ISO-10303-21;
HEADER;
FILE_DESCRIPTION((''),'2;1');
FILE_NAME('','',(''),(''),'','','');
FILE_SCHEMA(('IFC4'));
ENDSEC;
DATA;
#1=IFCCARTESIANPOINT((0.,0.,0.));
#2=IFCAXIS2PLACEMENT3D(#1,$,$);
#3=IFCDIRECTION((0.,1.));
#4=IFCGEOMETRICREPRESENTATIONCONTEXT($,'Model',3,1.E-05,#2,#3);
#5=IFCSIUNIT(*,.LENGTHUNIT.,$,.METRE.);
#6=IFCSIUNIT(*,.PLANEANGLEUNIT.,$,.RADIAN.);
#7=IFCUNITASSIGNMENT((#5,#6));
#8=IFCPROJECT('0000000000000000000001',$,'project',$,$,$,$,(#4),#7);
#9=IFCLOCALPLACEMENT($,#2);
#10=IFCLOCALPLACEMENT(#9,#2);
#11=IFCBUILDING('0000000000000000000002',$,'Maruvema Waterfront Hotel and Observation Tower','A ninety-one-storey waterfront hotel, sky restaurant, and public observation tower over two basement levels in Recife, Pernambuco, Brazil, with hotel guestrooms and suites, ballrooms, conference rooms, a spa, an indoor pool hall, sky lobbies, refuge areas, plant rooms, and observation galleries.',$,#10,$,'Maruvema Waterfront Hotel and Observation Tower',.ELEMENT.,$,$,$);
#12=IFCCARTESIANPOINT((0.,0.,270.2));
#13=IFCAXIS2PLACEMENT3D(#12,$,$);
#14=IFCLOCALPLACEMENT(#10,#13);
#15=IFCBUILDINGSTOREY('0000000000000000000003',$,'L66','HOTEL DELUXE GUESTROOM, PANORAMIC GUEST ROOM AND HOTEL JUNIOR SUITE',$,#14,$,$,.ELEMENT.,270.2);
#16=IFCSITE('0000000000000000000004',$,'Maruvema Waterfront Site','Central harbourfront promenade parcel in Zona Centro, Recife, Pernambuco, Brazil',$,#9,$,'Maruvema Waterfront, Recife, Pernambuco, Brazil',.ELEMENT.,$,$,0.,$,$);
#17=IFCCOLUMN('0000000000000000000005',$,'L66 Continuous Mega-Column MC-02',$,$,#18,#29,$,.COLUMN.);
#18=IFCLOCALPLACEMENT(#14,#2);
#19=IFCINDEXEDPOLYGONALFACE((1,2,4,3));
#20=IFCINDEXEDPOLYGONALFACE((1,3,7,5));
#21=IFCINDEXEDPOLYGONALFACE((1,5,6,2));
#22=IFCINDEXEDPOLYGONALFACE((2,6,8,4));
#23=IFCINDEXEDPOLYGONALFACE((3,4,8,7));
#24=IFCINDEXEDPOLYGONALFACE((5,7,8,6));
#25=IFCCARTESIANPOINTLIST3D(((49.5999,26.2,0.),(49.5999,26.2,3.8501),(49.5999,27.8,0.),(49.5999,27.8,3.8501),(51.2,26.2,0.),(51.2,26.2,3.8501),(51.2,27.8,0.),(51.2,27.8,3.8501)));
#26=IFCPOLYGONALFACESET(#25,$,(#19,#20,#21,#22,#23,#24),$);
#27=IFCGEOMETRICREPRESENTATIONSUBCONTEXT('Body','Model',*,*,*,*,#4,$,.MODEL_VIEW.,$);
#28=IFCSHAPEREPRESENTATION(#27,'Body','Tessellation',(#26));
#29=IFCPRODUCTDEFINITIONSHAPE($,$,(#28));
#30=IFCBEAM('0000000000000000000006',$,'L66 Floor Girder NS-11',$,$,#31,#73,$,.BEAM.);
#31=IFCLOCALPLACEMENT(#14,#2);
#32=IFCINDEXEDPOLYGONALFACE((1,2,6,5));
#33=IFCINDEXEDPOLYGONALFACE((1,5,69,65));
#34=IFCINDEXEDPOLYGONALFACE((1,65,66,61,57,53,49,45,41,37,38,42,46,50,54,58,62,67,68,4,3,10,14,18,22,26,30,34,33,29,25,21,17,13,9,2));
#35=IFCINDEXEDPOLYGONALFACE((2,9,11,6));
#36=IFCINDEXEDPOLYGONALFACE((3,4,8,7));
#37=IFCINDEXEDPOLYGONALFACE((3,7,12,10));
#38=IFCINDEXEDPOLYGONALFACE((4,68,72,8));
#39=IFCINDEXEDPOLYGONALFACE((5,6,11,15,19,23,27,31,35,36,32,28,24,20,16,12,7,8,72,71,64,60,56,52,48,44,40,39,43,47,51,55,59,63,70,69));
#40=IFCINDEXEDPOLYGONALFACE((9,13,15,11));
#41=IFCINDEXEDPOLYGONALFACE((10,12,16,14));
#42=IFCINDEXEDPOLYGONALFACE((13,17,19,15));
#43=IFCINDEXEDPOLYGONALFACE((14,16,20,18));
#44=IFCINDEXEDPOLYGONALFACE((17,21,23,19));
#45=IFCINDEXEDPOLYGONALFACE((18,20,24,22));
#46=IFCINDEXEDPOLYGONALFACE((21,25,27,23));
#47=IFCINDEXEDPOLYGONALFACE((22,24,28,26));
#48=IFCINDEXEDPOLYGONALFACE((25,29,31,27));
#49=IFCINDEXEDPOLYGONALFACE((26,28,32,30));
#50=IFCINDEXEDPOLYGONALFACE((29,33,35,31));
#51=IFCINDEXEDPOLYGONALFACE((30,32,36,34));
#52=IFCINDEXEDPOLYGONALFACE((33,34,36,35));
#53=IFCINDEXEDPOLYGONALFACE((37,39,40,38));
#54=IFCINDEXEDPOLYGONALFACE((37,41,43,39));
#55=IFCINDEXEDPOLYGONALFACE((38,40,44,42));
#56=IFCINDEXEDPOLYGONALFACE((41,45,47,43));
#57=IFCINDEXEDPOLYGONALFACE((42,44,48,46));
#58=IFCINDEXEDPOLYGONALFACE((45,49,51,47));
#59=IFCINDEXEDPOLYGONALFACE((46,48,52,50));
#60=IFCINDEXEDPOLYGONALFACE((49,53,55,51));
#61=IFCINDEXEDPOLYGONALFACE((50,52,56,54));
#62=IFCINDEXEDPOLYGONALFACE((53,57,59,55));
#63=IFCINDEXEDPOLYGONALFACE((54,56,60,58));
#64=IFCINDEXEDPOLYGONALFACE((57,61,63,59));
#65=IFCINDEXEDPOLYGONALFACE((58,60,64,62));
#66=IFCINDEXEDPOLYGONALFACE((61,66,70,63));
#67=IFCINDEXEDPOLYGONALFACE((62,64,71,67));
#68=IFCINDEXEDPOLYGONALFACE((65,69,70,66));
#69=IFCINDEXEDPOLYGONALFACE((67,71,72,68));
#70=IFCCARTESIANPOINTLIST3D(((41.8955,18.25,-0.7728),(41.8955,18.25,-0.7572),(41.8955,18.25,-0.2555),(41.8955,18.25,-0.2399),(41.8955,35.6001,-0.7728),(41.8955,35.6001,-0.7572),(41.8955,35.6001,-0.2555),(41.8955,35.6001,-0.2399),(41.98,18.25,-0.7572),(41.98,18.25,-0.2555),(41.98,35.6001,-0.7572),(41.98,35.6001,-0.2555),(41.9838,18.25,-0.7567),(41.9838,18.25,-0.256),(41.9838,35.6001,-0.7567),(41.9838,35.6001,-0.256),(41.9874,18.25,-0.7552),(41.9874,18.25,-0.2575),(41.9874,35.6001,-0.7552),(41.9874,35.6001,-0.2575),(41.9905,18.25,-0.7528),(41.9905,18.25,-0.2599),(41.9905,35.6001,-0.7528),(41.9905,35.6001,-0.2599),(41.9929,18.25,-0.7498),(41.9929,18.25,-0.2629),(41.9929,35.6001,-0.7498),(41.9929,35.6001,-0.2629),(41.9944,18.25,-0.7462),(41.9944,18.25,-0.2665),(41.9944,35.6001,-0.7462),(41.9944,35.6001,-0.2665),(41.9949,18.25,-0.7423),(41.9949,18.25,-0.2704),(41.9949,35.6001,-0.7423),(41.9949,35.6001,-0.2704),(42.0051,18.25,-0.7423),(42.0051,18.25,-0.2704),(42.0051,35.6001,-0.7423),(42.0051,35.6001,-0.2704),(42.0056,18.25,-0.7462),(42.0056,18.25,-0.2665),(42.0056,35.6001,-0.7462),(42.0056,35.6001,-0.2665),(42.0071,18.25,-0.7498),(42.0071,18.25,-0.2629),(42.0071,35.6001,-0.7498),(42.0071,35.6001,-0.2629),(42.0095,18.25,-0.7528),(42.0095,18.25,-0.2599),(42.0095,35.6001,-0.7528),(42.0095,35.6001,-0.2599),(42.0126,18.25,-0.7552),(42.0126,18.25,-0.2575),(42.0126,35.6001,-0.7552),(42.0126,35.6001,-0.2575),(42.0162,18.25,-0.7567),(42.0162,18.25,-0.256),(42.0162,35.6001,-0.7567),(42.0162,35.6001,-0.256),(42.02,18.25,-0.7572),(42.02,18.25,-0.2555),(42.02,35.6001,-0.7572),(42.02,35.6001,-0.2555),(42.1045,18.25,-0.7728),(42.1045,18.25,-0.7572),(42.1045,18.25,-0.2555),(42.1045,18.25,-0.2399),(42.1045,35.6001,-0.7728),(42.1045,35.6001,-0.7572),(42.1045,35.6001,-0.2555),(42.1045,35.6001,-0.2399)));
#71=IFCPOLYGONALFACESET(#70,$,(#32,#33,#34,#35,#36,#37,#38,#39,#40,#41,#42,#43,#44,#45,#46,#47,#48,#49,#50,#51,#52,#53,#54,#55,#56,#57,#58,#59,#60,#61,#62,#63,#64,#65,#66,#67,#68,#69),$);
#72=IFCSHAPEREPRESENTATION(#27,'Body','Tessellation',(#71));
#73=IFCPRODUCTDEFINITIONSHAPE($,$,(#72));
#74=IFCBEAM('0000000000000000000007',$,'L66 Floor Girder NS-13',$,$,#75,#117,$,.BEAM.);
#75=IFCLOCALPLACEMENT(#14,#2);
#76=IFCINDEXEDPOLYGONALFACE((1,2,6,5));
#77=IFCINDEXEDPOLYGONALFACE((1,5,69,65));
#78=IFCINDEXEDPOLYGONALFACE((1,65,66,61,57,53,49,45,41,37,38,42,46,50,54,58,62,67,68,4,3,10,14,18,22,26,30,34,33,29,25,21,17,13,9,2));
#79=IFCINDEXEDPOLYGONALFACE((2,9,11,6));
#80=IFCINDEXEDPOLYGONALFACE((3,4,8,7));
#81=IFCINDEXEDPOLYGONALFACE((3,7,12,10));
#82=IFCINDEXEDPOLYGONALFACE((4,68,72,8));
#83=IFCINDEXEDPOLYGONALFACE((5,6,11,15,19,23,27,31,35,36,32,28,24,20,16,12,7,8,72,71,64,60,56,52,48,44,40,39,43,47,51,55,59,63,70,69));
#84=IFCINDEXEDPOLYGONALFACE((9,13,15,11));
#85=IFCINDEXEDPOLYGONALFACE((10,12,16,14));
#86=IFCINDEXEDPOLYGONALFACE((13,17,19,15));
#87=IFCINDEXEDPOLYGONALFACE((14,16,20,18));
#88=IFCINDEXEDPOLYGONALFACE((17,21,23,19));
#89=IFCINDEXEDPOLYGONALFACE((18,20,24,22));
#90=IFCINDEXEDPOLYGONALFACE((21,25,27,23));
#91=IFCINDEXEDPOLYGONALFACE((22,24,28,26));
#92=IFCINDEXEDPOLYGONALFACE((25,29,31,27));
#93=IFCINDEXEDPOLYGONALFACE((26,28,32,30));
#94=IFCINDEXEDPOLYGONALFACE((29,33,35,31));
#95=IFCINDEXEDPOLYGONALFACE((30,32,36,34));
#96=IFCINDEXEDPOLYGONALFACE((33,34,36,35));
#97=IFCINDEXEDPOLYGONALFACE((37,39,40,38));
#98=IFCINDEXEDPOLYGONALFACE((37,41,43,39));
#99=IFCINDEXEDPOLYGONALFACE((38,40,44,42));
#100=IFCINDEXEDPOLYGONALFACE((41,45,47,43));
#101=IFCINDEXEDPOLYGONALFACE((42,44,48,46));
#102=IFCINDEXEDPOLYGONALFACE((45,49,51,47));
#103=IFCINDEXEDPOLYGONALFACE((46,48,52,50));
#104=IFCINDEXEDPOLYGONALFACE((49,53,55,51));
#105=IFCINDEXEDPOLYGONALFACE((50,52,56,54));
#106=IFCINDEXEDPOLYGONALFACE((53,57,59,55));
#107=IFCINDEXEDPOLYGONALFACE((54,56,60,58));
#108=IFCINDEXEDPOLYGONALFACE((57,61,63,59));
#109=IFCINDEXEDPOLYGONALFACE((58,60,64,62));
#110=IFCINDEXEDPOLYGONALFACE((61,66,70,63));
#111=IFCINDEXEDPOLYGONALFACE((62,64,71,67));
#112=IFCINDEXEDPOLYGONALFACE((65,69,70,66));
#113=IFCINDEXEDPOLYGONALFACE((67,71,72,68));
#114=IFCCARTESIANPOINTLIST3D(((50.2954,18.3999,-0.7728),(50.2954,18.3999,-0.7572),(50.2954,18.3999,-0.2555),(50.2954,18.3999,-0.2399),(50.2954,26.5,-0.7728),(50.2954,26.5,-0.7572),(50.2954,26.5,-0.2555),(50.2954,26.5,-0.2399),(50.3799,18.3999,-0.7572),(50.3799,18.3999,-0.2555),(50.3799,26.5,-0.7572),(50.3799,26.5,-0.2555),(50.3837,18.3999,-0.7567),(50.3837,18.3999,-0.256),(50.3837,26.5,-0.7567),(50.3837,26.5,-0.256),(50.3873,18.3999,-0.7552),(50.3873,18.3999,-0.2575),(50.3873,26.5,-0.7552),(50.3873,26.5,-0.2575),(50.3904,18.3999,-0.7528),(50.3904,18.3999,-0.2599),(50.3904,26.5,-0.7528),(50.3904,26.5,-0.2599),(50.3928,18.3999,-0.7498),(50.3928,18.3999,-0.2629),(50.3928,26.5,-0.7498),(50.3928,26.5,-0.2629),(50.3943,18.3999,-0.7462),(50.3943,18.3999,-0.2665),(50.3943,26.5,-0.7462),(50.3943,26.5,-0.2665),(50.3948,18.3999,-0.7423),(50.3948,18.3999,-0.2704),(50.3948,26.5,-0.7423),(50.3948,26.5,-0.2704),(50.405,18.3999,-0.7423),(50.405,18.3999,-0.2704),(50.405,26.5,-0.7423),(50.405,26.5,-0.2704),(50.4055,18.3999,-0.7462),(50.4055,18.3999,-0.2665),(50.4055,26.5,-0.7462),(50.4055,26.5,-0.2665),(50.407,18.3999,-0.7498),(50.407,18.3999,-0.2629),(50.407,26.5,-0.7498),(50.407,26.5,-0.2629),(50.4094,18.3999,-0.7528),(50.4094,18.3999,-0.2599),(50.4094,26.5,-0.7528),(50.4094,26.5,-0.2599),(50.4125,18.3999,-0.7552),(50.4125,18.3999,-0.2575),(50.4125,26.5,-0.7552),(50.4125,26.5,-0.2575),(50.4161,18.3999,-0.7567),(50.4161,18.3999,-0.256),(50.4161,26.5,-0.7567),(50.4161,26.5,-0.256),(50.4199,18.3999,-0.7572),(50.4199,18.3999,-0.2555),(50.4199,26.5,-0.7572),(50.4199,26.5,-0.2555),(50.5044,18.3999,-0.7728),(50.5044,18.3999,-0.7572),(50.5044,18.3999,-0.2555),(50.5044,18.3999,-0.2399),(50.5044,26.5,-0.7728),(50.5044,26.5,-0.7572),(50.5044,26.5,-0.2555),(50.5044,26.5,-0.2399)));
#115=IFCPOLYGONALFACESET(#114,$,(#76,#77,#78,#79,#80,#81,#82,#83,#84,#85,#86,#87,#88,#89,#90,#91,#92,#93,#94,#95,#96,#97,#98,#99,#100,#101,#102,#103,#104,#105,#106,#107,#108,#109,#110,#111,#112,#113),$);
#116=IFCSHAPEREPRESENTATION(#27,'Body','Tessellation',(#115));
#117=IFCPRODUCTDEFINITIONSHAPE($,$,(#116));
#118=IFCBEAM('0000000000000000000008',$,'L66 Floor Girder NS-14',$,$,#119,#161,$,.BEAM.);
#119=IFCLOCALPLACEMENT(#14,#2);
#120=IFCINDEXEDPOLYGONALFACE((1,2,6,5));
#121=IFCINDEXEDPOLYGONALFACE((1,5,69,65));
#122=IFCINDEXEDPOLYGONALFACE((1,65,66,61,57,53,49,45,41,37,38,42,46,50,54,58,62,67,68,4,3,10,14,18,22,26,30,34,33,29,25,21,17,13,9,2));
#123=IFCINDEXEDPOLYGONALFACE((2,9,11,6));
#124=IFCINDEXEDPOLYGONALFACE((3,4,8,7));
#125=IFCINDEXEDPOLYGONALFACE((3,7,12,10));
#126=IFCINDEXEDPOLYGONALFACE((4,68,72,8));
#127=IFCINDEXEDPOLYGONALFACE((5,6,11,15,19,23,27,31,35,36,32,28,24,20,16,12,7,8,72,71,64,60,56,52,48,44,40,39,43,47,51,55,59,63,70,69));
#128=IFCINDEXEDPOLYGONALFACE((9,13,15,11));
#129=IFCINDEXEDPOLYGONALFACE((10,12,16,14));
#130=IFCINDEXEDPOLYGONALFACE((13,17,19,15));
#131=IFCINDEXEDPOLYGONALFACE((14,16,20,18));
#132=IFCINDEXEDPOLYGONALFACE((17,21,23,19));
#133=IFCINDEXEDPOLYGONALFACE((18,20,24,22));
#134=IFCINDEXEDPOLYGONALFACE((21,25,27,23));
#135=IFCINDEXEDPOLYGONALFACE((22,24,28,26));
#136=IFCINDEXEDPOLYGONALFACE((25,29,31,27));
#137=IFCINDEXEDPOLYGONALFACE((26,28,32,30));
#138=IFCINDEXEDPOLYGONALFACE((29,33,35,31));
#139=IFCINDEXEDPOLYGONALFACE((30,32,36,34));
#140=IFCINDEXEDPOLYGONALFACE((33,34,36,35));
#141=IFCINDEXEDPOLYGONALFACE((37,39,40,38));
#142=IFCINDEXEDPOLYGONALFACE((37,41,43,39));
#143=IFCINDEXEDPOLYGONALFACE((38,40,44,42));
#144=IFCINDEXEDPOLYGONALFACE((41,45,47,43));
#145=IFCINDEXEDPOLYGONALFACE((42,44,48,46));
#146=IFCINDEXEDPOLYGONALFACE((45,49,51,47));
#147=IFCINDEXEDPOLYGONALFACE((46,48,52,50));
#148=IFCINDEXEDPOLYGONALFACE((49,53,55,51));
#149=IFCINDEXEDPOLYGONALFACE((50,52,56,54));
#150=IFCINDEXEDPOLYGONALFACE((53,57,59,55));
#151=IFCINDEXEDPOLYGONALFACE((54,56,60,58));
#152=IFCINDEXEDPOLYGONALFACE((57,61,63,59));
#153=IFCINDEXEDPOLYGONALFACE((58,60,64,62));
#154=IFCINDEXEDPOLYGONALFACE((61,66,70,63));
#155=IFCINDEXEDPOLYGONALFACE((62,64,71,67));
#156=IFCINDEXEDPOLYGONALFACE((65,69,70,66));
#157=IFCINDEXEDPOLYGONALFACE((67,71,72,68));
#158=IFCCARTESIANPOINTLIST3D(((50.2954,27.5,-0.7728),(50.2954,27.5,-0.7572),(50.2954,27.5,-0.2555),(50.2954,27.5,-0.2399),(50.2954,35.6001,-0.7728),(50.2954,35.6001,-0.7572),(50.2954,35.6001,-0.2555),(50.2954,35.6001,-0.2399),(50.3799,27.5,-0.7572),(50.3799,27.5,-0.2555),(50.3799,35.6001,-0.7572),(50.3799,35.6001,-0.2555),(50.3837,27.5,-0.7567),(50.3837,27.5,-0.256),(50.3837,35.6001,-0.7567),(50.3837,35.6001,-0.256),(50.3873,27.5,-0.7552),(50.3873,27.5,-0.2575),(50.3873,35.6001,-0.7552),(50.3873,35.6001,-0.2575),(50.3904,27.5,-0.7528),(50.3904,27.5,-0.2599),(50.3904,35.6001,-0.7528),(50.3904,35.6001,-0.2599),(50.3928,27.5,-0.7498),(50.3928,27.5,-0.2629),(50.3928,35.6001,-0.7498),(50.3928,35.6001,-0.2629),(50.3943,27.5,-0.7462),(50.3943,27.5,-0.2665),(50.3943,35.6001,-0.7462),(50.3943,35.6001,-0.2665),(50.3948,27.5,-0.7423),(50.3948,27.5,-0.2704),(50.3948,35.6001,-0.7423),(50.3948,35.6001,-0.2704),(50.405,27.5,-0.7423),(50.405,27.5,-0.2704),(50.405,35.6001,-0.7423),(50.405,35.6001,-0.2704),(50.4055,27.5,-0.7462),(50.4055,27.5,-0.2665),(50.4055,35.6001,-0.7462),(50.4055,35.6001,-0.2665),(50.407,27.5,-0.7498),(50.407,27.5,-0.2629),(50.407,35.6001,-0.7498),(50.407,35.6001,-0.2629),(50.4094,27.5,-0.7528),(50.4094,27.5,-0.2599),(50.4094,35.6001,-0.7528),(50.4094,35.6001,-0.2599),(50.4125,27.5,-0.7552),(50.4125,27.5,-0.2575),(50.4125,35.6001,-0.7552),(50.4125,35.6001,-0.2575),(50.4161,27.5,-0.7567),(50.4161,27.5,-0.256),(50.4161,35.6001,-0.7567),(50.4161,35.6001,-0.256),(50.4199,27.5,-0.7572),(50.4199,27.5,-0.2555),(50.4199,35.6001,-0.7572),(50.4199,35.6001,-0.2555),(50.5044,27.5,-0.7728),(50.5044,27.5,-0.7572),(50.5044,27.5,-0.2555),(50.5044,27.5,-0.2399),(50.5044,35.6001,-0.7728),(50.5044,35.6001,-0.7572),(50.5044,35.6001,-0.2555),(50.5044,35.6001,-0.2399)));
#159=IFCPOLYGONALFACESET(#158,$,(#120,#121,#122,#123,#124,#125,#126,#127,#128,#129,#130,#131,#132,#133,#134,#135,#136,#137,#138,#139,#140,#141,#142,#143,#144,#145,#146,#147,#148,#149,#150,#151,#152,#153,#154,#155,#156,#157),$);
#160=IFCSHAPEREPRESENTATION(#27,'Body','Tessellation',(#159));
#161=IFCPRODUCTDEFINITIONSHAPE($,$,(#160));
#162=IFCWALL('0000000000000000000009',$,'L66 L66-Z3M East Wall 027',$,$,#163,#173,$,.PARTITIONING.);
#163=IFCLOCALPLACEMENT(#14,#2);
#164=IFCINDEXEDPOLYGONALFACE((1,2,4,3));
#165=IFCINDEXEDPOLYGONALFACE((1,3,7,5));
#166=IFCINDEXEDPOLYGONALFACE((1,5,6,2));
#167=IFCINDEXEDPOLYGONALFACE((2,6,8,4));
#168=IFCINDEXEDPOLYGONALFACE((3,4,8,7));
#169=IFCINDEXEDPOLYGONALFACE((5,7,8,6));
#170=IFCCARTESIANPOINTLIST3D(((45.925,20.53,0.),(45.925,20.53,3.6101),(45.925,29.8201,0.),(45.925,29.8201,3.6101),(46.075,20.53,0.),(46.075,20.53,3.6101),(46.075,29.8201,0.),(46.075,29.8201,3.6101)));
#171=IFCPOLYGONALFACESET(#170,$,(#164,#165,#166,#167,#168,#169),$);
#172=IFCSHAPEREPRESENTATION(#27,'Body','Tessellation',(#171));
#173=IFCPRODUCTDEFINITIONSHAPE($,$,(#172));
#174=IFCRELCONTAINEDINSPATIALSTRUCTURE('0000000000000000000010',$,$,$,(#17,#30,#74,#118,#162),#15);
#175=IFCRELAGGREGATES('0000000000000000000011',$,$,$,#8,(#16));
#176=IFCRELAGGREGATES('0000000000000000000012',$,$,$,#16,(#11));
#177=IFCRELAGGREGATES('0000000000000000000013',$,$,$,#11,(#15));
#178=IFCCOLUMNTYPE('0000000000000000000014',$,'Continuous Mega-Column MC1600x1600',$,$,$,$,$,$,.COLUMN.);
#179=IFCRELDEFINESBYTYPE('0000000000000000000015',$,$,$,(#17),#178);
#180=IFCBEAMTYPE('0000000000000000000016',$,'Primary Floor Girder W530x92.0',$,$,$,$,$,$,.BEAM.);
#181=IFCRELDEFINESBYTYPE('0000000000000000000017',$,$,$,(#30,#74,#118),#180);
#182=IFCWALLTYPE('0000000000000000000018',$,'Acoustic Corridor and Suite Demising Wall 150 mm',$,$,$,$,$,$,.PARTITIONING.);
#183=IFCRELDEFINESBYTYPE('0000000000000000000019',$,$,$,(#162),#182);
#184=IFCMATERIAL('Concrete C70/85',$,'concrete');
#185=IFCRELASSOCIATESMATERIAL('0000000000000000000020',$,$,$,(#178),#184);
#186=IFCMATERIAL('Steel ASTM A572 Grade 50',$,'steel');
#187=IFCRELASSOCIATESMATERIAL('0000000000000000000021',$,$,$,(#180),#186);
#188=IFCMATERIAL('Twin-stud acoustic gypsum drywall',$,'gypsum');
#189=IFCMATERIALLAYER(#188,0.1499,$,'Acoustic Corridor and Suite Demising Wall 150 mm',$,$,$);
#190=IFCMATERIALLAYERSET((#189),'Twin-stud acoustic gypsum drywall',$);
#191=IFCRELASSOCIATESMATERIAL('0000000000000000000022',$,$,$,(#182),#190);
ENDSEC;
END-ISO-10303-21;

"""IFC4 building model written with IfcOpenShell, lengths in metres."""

from ifc_helpers import new_model, si_unit, direction, frame, frame_2d, origin, origin_2d, place, context, subcontext, project, spatial, rectangle, i_section, extrude, material, layer, layer_set, material_profile, profile_set, type_object, element, save


model = new_model("IFC4")

# Units and contexts
model_context = context("Model", 3, precision=1e-05, world=origin(), true_north=direction((0.0, 1.0)))
body_context = subcontext(model_context, "Body", "Model", "MODEL_VIEW")
ifc_project = project(units=[si_unit("LENGTHUNIT", "METRE"), si_unit("PLANEANGLEUNIT", "RADIAN")], contexts=[model_context])

# Site, building, storey
site_placement = place(None, origin())
site = spatial("IfcSite", under=ifc_project, at=site_placement, Name="Maruvema Waterfront Site", Description="Central harbourfront promenade parcel in Zona Centro, Recife, Pernambuco, Brazil", LongName="Maruvema Waterfront, Recife, Pernambuco, Brazil", CompositionType="ELEMENT", RefElevation=0.0)
building_placement = place(site_placement, origin())
building = spatial("IfcBuilding", under=site, at=building_placement, Name="Maruvema Waterfront Hotel and Observation Tower", Description="A ninety-one-storey waterfront hotel, sky restaurant, and public observation tower over two basement levels in Recife, Pernambuco, Brazil, with hotel guestrooms and suites, ballrooms, conference rooms, a spa, an indoor pool hall, sky lobbies, refuge areas, plant rooms, and observation galleries.", LongName="Maruvema Waterfront Hotel and Observation Tower", CompositionType="ELEMENT")
storey_placement = place(building_placement, frame((0.0, 0.0, 270.2)))
storey = spatial("IfcBuildingStorey", under=building, at=storey_placement, Name="L66", Description="HOTEL DELUXE GUESTROOM, PANORAMIC GUEST ROOM AND HOTEL JUNIOR SUITE", CompositionType="ELEMENT", Elevation=270.2)

# Column
ifc_material_1 = material(Name="Concrete C70/85", Category="concrete")
ifc_material_profile_1 = material_profile(ifc_material_1, rectangle(XDim=1.6001, YDim=1.6001, at=origin_2d()), Name="MC1600x1600")
ifc_profile_set_1 = profile_set([ifc_material_profile_1], Name="Concrete C70/85")
column_type = type_object("IfcColumnType", Name="Continuous Mega-Column MC1600x1600", PredefinedType="COLUMN", material=ifc_profile_set_1)
column_placement = place(storey_placement, frame((50.3999, 27.0, 0.0), z_axis=(0.0, 0.0, 1.0), x_axis=(1.0, 0.0, 0.0)))
element("IfcColumn", 1, at=column_placement, inside=storey, type_object=column_type, Name="L66 Continuous Mega-Column MC-02", PredefinedType="COLUMN", context=body_context, shape_type="SweptSolid", body=[
    extrude(rectangle(XDim=1.6001, YDim=1.6001, at=origin_2d()), origin(), (0.0, 0.0, 1.0), 3.8501),
])

# Beams
ifc_material_2 = material(Name="Steel ASTM A572 Grade 50", Category="steel")
ifc_material_profile_2 = material_profile(ifc_material_2, i_section(OverallWidth=0.209, OverallDepth=0.533, WebThickness=0.0103, FlangeThickness=0.0156, FilletRadius=0.0149, at=origin_2d()), Name="W530x92.0")
ifc_profile_set_2 = profile_set([ifc_material_profile_2], Name="Steel ASTM A572 Grade 50")
beam_type = type_object("IfcBeamType", Name="Primary Floor Girder W530x92.0", PredefinedType="BEAM", material=ifc_profile_set_2)
beam_placement = place(storey_placement, frame((42.0, 18.25, -0.5063), z_axis=(0.0, 1.0, 0.0), x_axis=(-1.0, 0.0, 0.0)))
element("IfcBeam", 2, at=beam_placement, inside=storey, type_object=beam_type, Name="L66 Floor Girder NS-11", PredefinedType="BEAM", context=body_context, shape_type="SweptSolid", body=[
    extrude(i_section(OverallWidth=0.209, OverallDepth=0.533, WebThickness=0.0103, FlangeThickness=0.0156, FilletRadius=0.0149, at=origin_2d()), origin(), (0.0, 0.0, 1.0), 17.3501),
])
for number, where, z_axis, x_axis, name in (
    (3, (50.3999, 18.3999, -0.5063), (0.0, 1.0, 0.0), (-1.0, 0.0, 0.0), "L66 Floor Girder NS-13"),
    (4, (50.3999, 27.5, -0.5063), (0.0, 1.0, 0.0), (-1.0, 0.0, 0.0), "L66 Floor Girder NS-14"),
):
    element("IfcBeam", number, at=place(storey_placement, frame(where, z_axis=z_axis, x_axis=x_axis)), inside=storey, type_object=beam_type, Name=name, PredefinedType="BEAM", context=body_context, shape_type="SweptSolid", body=[
        extrude(i_section(OverallWidth=0.209, OverallDepth=0.533, WebThickness=0.0103, FlangeThickness=0.0156, FilletRadius=0.0149, at=origin_2d()), origin(), (0.0, 0.0, 1.0), 8.1001),
    ])

# Wall
ifc_material_3 = material(Name="Twin-stud acoustic gypsum drywall", Category="gypsum")
ifc_layer_1 = layer(ifc_material_3, 0.1499, Name="Acoustic Corridor and Suite Demising Wall 150 mm")
ifc_layer_set_1 = layer_set([ifc_layer_1], Name="Twin-stud acoustic gypsum drywall")
wall_type_1 = type_object("IfcWallType", Name="Acoustic Corridor and Suite Demising Wall 150 mm", PredefinedType="PARTITIONING", material=ifc_layer_set_1)
wall_1_placement = place(storey_placement, frame((46.0, 20.53, 0.0), z_axis=(0.0, 0.0, 1.0), x_axis=(0.0, 1.0, 0.0)))
element("IfcWall", 5, at=wall_1_placement, inside=storey, type_object=wall_type_1, Name="L66 L66-Z3M East Wall 027", PredefinedType="PARTITIONING", context=body_context, shape_type="SweptSolid", body=[
    extrude(rectangle(XDim=9.29, YDim=0.1499, at=frame_2d((4.645, 0.0))), origin(), (0.0, 0.0, 1.0), 3.6101),
])

save(model, "model.ifc")
